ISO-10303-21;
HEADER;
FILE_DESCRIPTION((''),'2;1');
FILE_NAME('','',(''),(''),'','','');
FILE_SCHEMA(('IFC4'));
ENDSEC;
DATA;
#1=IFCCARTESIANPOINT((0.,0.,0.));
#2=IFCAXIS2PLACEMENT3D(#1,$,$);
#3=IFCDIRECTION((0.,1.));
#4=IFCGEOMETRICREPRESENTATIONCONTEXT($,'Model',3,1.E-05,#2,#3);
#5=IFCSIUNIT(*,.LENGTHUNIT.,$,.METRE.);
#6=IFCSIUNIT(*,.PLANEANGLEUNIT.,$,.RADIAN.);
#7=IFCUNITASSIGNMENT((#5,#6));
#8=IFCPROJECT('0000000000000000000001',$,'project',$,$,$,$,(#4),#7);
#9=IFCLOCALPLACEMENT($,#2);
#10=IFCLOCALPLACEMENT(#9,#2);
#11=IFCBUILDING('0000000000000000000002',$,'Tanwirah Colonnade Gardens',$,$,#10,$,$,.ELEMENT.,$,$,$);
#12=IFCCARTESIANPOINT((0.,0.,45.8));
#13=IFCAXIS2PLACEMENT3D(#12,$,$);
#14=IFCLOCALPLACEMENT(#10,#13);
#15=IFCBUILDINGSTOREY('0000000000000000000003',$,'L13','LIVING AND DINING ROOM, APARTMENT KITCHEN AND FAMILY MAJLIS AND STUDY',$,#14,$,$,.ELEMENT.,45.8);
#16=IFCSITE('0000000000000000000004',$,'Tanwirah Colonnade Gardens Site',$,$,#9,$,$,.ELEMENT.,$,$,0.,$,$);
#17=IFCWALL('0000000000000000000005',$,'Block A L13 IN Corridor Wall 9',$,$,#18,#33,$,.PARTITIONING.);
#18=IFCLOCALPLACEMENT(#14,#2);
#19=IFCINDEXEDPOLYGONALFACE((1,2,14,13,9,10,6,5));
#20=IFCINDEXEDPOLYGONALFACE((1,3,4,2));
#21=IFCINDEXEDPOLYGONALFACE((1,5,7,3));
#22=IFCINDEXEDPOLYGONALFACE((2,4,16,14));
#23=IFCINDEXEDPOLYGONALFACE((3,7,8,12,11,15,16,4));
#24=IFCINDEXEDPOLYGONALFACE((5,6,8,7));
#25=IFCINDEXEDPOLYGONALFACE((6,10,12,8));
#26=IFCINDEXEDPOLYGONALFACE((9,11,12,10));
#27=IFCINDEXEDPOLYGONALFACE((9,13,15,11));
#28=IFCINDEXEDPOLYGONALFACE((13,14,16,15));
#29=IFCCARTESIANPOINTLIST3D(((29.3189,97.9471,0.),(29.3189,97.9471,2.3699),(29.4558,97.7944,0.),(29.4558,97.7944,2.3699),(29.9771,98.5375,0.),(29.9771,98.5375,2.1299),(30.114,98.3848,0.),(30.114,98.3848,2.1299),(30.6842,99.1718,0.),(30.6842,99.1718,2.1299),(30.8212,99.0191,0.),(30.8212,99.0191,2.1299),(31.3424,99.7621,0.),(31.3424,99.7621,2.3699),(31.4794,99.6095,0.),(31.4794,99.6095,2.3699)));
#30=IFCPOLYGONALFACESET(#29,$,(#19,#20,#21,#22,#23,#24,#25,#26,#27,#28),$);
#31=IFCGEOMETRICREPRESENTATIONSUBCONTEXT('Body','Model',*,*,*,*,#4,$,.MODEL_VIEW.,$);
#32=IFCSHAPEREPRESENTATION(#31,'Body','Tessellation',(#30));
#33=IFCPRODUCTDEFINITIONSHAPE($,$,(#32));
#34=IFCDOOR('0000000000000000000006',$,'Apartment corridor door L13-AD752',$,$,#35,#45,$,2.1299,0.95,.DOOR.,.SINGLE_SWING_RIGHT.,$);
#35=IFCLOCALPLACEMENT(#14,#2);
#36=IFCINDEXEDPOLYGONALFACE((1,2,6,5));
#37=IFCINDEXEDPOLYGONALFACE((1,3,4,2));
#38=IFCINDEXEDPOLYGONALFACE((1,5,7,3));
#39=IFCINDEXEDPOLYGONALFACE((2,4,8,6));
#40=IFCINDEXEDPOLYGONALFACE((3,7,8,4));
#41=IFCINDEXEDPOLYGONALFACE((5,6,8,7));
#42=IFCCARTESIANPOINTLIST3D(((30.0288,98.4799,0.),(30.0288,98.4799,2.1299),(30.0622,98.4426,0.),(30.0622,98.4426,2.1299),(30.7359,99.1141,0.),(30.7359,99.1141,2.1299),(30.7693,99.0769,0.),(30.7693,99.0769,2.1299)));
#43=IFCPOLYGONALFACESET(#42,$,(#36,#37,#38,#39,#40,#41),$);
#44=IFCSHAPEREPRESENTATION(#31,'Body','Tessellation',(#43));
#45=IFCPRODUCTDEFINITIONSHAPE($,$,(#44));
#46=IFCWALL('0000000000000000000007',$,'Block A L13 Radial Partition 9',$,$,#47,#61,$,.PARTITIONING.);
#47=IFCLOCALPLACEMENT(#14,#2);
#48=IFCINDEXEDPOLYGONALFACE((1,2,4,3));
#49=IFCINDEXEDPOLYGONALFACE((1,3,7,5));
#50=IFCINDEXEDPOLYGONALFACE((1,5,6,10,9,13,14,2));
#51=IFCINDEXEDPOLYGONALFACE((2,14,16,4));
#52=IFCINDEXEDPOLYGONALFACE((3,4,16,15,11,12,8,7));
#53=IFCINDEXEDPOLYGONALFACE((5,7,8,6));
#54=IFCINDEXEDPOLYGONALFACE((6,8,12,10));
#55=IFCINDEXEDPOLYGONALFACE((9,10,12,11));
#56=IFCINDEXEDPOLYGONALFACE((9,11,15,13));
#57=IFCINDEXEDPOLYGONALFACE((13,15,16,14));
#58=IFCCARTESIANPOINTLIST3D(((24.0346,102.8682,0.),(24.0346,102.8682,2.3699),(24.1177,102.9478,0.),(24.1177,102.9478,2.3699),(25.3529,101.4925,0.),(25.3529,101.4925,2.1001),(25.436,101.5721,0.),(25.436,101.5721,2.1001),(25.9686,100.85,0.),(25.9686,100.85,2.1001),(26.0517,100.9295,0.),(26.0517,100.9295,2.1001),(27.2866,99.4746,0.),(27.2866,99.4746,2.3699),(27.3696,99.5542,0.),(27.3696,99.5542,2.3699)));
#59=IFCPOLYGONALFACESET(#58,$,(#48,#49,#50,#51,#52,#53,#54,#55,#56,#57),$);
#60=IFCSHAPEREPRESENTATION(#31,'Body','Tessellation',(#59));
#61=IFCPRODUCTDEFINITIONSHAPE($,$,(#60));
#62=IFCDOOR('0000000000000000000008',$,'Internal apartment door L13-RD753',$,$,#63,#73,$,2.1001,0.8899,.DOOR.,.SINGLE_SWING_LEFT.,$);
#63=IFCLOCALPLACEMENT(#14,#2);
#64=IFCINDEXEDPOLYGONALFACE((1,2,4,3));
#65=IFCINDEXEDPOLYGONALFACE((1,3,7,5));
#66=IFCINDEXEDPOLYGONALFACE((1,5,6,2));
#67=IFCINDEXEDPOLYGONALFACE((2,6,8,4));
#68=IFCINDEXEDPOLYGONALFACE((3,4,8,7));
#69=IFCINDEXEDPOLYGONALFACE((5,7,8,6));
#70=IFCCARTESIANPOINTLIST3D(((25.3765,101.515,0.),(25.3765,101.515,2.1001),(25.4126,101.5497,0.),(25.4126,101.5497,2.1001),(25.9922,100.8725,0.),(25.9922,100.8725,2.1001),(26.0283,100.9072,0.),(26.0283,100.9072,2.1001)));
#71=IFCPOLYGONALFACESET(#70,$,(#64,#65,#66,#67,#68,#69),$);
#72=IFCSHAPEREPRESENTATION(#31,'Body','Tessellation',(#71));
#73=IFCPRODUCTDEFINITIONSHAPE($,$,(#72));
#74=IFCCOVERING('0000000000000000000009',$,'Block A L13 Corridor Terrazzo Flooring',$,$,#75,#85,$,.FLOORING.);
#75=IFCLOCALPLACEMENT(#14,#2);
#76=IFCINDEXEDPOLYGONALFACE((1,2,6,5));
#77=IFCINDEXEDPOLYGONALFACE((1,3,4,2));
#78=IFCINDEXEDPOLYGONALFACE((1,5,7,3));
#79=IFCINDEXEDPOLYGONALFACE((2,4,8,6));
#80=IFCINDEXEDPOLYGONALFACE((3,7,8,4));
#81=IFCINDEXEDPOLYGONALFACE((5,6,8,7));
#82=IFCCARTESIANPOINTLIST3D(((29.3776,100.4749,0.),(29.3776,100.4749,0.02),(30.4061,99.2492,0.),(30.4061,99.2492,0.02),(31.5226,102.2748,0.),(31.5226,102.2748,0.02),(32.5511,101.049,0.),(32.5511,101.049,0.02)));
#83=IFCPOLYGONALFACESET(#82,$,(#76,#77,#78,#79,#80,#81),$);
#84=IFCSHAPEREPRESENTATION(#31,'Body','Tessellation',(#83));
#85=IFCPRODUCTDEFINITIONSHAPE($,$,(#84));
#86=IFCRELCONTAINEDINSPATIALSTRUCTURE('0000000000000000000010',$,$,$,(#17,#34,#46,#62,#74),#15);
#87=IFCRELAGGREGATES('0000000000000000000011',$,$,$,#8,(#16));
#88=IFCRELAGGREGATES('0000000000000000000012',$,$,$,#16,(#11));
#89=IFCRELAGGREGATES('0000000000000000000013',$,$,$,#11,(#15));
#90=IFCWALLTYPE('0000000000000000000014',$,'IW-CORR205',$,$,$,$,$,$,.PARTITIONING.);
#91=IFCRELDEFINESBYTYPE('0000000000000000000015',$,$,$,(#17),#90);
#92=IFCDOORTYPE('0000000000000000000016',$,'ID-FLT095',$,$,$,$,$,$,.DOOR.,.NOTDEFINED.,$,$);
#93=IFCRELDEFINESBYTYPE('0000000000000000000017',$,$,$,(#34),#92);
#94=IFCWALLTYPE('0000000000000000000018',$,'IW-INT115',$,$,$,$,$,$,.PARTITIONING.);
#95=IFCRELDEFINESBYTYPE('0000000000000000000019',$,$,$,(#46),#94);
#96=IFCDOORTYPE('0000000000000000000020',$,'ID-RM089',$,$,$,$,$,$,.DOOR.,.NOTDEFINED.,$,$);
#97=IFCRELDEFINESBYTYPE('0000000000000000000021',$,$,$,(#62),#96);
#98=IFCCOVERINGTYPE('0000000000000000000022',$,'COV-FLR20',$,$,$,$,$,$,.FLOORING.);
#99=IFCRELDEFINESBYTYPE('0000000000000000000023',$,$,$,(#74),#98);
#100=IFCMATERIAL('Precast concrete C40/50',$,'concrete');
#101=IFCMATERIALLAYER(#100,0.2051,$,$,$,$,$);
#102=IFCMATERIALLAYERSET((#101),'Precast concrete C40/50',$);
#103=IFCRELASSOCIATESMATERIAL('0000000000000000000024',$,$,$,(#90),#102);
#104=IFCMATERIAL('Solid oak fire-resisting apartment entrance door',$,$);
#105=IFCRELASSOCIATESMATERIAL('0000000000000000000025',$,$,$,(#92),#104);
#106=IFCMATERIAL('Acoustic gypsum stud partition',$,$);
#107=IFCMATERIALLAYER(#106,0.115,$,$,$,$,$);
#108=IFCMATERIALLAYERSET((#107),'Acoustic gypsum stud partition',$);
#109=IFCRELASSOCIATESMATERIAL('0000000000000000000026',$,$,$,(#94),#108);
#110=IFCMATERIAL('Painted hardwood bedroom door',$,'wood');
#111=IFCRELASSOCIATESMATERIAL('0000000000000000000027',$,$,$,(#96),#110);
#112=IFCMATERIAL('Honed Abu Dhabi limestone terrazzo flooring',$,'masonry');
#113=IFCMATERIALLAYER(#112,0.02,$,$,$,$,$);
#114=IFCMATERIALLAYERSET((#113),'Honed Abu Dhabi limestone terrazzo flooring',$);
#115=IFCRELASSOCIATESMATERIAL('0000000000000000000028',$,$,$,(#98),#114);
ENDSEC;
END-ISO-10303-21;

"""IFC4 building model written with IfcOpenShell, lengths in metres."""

from ifc_helpers import new_model, si_unit, direction, frame, frame_2d, origin, origin_2d, place, context, subcontext, project, spatial, rectangle, extrude, material, layer, layer_set, type_object, element, fill, save


model = new_model("IFC4")

# Units and contexts
model_context = context("Model", 3, precision=1e-05, world=origin(), true_north=direction((0.0, 1.0)))
body_context = subcontext(model_context, "Body", "Model", "MODEL_VIEW")
ifc_project = project(units=[si_unit("LENGTHUNIT", "METRE"), si_unit("PLANEANGLEUNIT", "RADIAN")], contexts=[model_context])

# Site, building, storey
site_placement = place(None, origin())
site = spatial("IfcSite", under=ifc_project, at=site_placement, Name="Tanwirah Colonnade Gardens Site", CompositionType="ELEMENT", RefElevation=0.0)
building_placement = place(site_placement, origin())
building = spatial("IfcBuilding", under=site, at=building_placement, Name="Tanwirah Colonnade Gardens", CompositionType="ELEMENT")
storey_placement = place(building_placement, frame((0.0, 0.0, 45.8)))
storey = spatial("IfcBuildingStorey", under=building, at=storey_placement, Name="L13", Description="LIVING AND DINING ROOM, APARTMENT KITCHEN AND FAMILY MAJLIS AND STUDY", CompositionType="ELEMENT", Elevation=45.8)

# Shared definitions
ifc_material_1 = material(Name="Precast concrete C40/50", Category="concrete")

# Walls, openings, doors
ifc_layer_1 = layer(ifc_material_1, 0.2051)
ifc_layer_set_1 = layer_set([ifc_layer_1], Name="Precast concrete C40/50")
wall_type_1 = type_object("IfcWallType", Name="IW-CORR205", PredefinedType="PARTITIONING", material=ifc_layer_set_1)
wall_1_placement = place(storey_placement, frame((31.4109, 99.6858, 0.0), z_axis=(0.0, 0.0, 1.0), x_axis=(-0.744419, -0.667713, 0.0)))
wall_1 = element("IfcWall", 1, at=wall_1_placement, inside=storey, type_object=wall_type_1, Name="Block A L13 IN Corridor Wall 9", PredefinedType="PARTITIONING", context=body_context, shape_type="SweptSolid", body=[
    extrude(rectangle(XDim=2.7183, YDim=0.2051, at=frame_2d((1.3591, 0.0))), origin(), (0.0, 0.0, 1.0), 2.3699),
])
opening_1_placement = place(wall_1_placement, frame((0.884, 0.0, 0.0)))
opening_1 = element("IfcOpeningElement", 2, at=opening_1_placement, cuts=wall_1, PredefinedType="OPENING", context=body_context, shape_type="SweptSolid", body=[
    extrude(rectangle(XDim=0.95, YDim=2.1299, at=frame_2d((0.4751, 1.0649))), frame((0.0, 0.1125, 0.0), z_axis=(0.0, -1.0, 0.0), x_axis=(1.0, 0.0, 0.0)), (0.0, 0.0, 1.0), 0.2251),
])
ifc_material_2 = material(Name="Solid oak fire-resisting apartment entrance door")
door_type_1 = type_object("IfcDoorType", Name="ID-FLT095", OperationType="NOTDEFINED", PredefinedType="DOOR", material=ifc_material_2)
door_1_placement = place(opening_1_placement, origin())
door_1 = element("IfcDoor", 3, at=door_1_placement, inside=storey, type_object=door_type_1, Name="Apartment corridor door L13-AD752", OperationType="SINGLE_SWING_RIGHT", OverallHeight=2.1299, OverallWidth=0.95, PredefinedType="DOOR", context=body_context, shape_type="SweptSolid", body=[
    extrude(rectangle(XDim=0.95, YDim=2.1299, at=frame_2d((0.4751, 1.0649))), frame((0.0, 0.0249, 0.0), z_axis=(0.0, -1.0, 0.0), x_axis=(1.0, 0.0, 0.0)), (0.0, 0.0, 1.0), 0.05),
])
fill(opening_1, door_1)
ifc_material_3 = material(Name="Acoustic gypsum stud partition")
ifc_layer_2 = layer(ifc_material_3, 0.115)
ifc_layer_set_2 = layer_set([ifc_layer_2], Name="Acoustic gypsum stud partition")
wall_type_2 = type_object("IfcWallType", Name="IW-INT115", PredefinedType="PARTITIONING", material=ifc_layer_set_2)
wall_2_placement = place(storey_placement, frame((27.3281, 99.5144, 0.0), z_axis=(0.0, 0.0, 1.0), x_axis=(-0.691883, 0.72201, 0.0)))
wall_2 = element("IfcWall", 4, at=wall_2_placement, inside=storey, type_object=wall_type_2, Name="Block A L13 Radial Partition 9", PredefinedType="PARTITIONING", context=body_context, shape_type="SweptSolid", body=[
    extrude(rectangle(XDim=4.7002, YDim=0.115, at=frame_2d((2.3501, 0.0))), origin(), (0.0, 0.0, 1.0), 2.3699),
])
opening_2_placement = place(wall_2_placement, frame((1.905, 0.0, 0.0)))
opening_2 = element("IfcOpeningElement", 5, at=opening_2_placement, cuts=wall_2, PredefinedType="OPENING", context=body_context, shape_type="SweptSolid", body=[
    extrude(rectangle(XDim=0.8899, YDim=2.1001, at=frame_2d((0.4448, 1.05))), frame((0.0, 0.0674, 0.0), z_axis=(0.0, -1.0, 0.0), x_axis=(1.0, 0.0, 0.0)), (0.0, 0.0, 1.0), 0.135),
])
ifc_material_4 = material(Name="Painted hardwood bedroom door", Category="wood")
door_type_2 = type_object("IfcDoorType", Name="ID-RM089", OperationType="NOTDEFINED", PredefinedType="DOOR", material=ifc_material_4)
door_2_placement = place(opening_2_placement, origin())
door_2 = element("IfcDoor", 6, at=door_2_placement, inside=storey, type_object=door_type_2, Name="Internal apartment door L13-RD753", OperationType="SINGLE_SWING_LEFT", OverallHeight=2.1001, OverallWidth=0.8899, PredefinedType="DOOR", context=body_context, shape_type="SweptSolid", body=[
    extrude(rectangle(XDim=0.8899, YDim=2.1001, at=frame_2d((0.4448, 1.05))), frame((0.0, 0.0249, 0.0), z_axis=(0.0, -1.0, 0.0), x_axis=(1.0, 0.0, 0.0)), (0.0, 0.0, 1.0), 0.05),
])
fill(opening_2, door_2)

# Covering
ifc_material_5 = material(Name="Honed Abu Dhabi limestone terrazzo flooring", Category="masonry")
ifc_layer_3 = layer(ifc_material_5, 0.02)
ifc_layer_set_3 = layer_set([ifc_layer_3], Name="Honed Abu Dhabi limestone terrazzo flooring")
covering_type = type_object("IfcCoveringType", Name="COV-FLR20", PredefinedType="FLOORING", material=ifc_layer_set_3)
covering_placement = place(storey_placement, frame((30.9644, 100.762, 0.0), z_axis=(0.0, 0.0, 1.0), x_axis=(-0.766044, -0.642788, 0.0)))
element("IfcCovering", 7, at=covering_placement, inside=storey, type_object=covering_type, Name="Block A L13 Corridor Terrazzo Flooring", PredefinedType="FLOORING", context=body_context, shape_type="SweptSolid", body=[
    extrude(rectangle(XDim=2.8, YDim=1.6001, at=origin_2d()), origin(), (0.0, 0.0, 1.0), 0.02),
])

save(model, "model.ifc")
